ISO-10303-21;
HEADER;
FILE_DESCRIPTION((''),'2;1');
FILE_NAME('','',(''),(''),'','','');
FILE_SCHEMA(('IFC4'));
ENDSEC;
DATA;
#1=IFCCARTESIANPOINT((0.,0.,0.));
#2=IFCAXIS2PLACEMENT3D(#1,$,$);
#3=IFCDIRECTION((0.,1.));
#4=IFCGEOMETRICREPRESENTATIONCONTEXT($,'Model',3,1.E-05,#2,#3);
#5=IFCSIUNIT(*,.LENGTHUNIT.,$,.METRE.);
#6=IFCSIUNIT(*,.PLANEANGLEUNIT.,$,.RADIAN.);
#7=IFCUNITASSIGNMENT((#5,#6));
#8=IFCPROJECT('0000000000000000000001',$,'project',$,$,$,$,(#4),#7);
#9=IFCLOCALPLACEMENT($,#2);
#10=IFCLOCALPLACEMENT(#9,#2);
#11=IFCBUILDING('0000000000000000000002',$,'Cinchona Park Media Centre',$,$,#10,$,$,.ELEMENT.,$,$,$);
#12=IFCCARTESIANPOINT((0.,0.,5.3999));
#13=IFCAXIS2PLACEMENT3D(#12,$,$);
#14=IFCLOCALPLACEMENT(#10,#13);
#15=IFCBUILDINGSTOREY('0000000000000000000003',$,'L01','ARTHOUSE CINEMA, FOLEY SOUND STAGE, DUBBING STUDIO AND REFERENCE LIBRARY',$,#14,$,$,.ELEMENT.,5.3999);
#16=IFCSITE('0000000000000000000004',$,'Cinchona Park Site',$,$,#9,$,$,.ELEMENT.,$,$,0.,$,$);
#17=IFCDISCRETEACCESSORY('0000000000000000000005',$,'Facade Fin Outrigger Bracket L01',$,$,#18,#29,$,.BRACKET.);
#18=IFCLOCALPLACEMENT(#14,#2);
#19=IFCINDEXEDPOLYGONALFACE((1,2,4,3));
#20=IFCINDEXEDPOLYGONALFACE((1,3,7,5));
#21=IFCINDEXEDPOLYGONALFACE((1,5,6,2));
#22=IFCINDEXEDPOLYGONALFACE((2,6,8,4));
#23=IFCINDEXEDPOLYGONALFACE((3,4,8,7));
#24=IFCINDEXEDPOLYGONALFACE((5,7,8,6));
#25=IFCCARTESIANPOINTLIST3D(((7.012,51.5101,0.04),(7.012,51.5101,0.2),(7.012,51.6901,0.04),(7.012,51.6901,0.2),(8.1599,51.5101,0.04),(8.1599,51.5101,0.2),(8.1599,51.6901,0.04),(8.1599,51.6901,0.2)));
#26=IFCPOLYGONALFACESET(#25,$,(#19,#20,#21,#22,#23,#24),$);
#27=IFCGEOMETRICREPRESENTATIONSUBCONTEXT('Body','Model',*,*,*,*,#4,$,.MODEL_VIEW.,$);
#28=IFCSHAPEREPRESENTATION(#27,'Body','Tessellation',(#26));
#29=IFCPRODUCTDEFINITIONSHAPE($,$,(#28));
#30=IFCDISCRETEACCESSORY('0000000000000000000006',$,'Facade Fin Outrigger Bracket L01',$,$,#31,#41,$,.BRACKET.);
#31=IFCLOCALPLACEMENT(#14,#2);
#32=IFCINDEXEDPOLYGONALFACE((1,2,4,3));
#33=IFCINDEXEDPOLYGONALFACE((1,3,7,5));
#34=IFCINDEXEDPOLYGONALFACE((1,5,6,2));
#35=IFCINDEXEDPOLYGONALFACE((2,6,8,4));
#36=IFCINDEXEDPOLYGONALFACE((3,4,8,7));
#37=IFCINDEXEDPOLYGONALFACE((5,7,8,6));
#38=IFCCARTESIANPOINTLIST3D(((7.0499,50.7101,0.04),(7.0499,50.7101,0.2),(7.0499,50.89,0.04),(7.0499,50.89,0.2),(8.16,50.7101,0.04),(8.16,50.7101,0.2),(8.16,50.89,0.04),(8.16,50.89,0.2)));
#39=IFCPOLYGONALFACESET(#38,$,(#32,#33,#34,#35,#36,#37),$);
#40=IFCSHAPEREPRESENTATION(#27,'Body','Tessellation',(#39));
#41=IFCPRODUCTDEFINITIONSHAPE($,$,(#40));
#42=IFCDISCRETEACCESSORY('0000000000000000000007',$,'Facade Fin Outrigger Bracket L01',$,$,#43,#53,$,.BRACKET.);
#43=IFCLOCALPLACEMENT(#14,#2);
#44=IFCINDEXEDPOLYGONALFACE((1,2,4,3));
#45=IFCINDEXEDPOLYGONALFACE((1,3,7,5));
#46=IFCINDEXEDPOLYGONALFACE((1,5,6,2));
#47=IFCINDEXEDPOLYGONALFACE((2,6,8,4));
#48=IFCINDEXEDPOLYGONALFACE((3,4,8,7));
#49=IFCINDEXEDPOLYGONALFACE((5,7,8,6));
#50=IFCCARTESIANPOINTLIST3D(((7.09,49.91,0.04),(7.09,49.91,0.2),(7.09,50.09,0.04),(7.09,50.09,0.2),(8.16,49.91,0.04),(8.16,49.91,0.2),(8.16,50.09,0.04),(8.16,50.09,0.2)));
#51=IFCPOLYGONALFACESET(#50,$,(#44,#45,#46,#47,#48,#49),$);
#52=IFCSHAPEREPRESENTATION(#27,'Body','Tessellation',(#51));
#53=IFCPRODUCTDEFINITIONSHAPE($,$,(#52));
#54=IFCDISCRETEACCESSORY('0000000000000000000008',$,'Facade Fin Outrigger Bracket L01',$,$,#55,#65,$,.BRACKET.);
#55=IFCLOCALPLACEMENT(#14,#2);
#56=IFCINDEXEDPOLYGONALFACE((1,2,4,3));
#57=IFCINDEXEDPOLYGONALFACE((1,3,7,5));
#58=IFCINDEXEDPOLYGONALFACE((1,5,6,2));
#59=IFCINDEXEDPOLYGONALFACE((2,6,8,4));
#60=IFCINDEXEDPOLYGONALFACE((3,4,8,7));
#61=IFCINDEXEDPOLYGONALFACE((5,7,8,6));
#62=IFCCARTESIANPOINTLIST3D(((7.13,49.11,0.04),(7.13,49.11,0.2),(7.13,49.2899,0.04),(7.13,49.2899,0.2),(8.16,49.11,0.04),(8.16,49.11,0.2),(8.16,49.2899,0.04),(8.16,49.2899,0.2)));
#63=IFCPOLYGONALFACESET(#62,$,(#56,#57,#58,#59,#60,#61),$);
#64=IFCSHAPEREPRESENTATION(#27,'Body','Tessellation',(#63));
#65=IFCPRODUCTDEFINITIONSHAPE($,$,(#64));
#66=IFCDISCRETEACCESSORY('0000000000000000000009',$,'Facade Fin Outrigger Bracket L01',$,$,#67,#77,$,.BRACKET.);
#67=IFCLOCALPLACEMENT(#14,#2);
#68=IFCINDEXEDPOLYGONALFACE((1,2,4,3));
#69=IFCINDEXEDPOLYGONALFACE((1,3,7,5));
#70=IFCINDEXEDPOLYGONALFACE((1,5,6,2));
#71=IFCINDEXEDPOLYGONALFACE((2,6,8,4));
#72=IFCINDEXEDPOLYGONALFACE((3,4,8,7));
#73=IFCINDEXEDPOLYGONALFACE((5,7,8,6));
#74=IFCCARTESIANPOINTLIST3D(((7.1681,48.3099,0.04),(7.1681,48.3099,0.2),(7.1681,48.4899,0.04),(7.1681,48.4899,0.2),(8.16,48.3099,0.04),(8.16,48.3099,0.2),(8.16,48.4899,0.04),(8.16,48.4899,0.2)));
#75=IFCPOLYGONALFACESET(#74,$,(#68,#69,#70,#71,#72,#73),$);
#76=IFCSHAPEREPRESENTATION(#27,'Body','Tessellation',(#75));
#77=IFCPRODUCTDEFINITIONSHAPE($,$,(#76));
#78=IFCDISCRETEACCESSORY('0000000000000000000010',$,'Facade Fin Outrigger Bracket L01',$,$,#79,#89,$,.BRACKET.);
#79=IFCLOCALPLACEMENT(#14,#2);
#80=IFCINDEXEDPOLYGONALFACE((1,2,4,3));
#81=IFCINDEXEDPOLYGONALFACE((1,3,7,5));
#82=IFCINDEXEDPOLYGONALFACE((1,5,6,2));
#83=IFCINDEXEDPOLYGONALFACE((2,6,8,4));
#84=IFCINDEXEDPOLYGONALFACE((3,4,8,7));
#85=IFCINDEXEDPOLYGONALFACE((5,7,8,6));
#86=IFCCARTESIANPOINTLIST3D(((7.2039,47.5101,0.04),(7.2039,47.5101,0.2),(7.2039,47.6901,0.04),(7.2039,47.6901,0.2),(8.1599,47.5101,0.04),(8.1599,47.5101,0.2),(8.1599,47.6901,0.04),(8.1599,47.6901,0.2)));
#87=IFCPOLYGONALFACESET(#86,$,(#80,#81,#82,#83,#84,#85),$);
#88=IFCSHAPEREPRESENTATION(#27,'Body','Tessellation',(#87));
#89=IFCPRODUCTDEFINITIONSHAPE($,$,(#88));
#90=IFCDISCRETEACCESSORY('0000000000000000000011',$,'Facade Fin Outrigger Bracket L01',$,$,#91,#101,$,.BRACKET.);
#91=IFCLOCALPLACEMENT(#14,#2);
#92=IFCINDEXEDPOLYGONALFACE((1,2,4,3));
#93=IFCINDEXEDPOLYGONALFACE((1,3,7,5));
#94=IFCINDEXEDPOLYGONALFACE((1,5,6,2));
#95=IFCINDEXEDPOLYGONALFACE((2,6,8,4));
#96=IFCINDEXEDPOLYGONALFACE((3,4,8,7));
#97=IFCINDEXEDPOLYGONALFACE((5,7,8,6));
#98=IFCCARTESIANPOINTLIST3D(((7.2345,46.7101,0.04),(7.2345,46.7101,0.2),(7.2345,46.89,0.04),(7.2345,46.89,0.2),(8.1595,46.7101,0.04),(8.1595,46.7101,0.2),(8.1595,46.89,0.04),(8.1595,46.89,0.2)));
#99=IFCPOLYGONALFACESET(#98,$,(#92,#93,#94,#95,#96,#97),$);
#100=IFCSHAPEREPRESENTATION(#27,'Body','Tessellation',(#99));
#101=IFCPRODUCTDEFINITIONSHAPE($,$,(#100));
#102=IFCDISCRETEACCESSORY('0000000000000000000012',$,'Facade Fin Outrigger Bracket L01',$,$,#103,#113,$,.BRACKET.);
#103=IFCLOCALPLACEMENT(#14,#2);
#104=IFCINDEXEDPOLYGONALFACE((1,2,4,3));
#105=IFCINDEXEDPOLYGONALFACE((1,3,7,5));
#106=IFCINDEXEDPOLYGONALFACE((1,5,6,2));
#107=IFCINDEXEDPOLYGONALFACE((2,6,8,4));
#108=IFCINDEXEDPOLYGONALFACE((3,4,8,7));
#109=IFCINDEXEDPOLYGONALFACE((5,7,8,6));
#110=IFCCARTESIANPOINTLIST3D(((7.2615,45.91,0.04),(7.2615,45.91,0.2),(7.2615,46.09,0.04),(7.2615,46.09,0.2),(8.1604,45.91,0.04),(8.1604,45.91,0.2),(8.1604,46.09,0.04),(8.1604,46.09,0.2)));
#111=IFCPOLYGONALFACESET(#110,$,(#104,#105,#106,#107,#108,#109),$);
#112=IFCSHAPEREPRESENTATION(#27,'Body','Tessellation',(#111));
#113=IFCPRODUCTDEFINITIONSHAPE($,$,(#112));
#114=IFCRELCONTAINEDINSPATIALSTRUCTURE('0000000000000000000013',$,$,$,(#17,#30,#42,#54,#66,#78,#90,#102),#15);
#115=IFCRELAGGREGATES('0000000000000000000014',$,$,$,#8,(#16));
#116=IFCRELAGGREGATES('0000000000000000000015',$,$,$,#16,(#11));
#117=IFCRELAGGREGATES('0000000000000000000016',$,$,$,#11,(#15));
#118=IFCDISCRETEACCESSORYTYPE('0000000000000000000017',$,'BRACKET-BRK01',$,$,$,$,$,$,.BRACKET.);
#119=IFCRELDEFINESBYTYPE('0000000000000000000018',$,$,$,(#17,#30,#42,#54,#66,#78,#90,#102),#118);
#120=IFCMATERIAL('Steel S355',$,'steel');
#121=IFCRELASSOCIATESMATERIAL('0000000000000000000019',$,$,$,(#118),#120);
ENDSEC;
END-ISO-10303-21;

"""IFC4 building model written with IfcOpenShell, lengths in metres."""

from ifc_helpers import new_model, si_unit, direction, frame, origin, origin_2d, place, context, subcontext, project, spatial, rectangle, extrude, material, type_object, element, save


model = new_model("IFC4")

# Units and contexts
model_context = context("Model", 3, precision=1e-05, world=origin(), true_north=direction((0.0, 1.0)))
body_context = subcontext(model_context, "Body", "Model", "MODEL_VIEW")
ifc_project = project(units=[si_unit("LENGTHUNIT", "METRE"), si_unit("PLANEANGLEUNIT", "RADIAN")], contexts=[model_context])

# Site, building, storey
site_placement = place(None, origin())
site = spatial("IfcSite", under=ifc_project, at=site_placement, Name="Cinchona Park Site", CompositionType="ELEMENT", RefElevation=0.0)
building_placement = place(site_placement, origin())
building = spatial("IfcBuilding", under=site, at=building_placement, Name="Cinchona Park Media Centre", CompositionType="ELEMENT")
storey_placement = place(building_placement, frame((0.0, 0.0, 5.3999)))
storey = spatial("IfcBuildingStorey", under=building, at=storey_placement, Name="L01", Description="ARTHOUSE CINEMA, FOLEY SOUND STAGE, DUBBING STUDIO AND REFERENCE LIBRARY", CompositionType="ELEMENT", Elevation=5.3999)

# Discrete accessories
ifc_material_1 = material(Name="Steel S355", Category="steel")
discrete_accessory_type = type_object("IfcDiscreteAccessoryType", Name="BRACKET-BRK01", PredefinedType="BRACKET", material=ifc_material_1)
discrete_accessory_1_placement = place(storey_placement, frame((7.5859, 51.6001, 0.04), z_axis=(0.0, 0.0, 1.0), x_axis=(0.0, -1.0, 0.0)))
element("IfcDiscreteAccessory", 1, at=discrete_accessory_1_placement, inside=storey, type_object=discrete_accessory_type, Name="Facade Fin Outrigger Bracket L01", PredefinedType="BRACKET", context=body_context, shape_type="SweptSolid", body=[
    extrude(rectangle(XDim=0.1799, YDim=1.1479, at=origin_2d()), origin(), (0.0, 0.0, 1.0), 0.1599),
])
discrete_accessory_2_placement = place(storey_placement, frame((7.605, 50.8, 0.04), z_axis=(0.0, 0.0, 1.0), x_axis=(0.0, -1.0, 0.0)))
element("IfcDiscreteAccessory", 2, at=discrete_accessory_2_placement, inside=storey, type_object=discrete_accessory_type, Name="Facade Fin Outrigger Bracket L01", PredefinedType="BRACKET", context=body_context, shape_type="SweptSolid", body=[
    extrude(rectangle(XDim=0.1799, YDim=1.1101, at=origin_2d()), origin(), (0.0, 0.0, 1.0), 0.1599),
])
discrete_accessory_3_placement = place(storey_placement, frame((7.625, 50.0, 0.04), z_axis=(0.0, 0.0, 1.0), x_axis=(0.0, -1.0, 0.0)))
element("IfcDiscreteAccessory", 3, at=discrete_accessory_3_placement, inside=storey, type_object=discrete_accessory_type, Name="Facade Fin Outrigger Bracket L01", PredefinedType="BRACKET", context=body_context, shape_type="SweptSolid", body=[
    extrude(rectangle(XDim=0.1799, YDim=1.0701, at=origin_2d()), origin(), (0.0, 0.0, 1.0), 0.1599),
])
discrete_accessory_4_placement = place(storey_placement, frame((7.645, 49.2, 0.04), z_axis=(0.0, 0.0, 1.0), x_axis=(0.0, -1.0, 0.0)))
element("IfcDiscreteAccessory", 4, at=discrete_accessory_4_placement, inside=storey, type_object=discrete_accessory_type, Name="Facade Fin Outrigger Bracket L01", PredefinedType="BRACKET", context=body_context, shape_type="SweptSolid", body=[
    extrude(rectangle(XDim=0.1799, YDim=1.03, at=origin_2d()), origin(), (0.0, 0.0, 1.0), 0.1599),
])
discrete_accessory_5_placement = place(storey_placement, frame((7.6641, 48.3999, 0.04), z_axis=(0.0, 0.0, 1.0), x_axis=(0.0, -1.0, 0.0)))
element("IfcDiscreteAccessory", 5, at=discrete_accessory_5_placement, inside=storey, type_object=discrete_accessory_type, Name="Facade Fin Outrigger Bracket L01", PredefinedType="BRACKET", context=body_context, shape_type="SweptSolid", body=[
    extrude(rectangle(XDim=0.1799, YDim=0.9919, at=origin_2d()), origin(), (0.0, 0.0, 1.0), 0.1599),
])
discrete_accessory_6_placement = place(storey_placement, frame((7.6819, 47.6001, 0.04), z_axis=(0.0, 0.0, 1.0), x_axis=(0.0, -1.0, 0.0)))
element("IfcDiscreteAccessory", 6, at=discrete_accessory_6_placement, inside=storey, type_object=discrete_accessory_type, Name="Facade Fin Outrigger Bracket L01", PredefinedType="BRACKET", context=body_context, shape_type="SweptSolid", body=[
    extrude(rectangle(XDim=0.1799, YDim=0.9561, at=origin_2d()), origin(), (0.0, 0.0, 1.0), 0.1599),
])
discrete_accessory_7_placement = place(storey_placement, frame((7.697, 46.8, 0.04), z_axis=(0.0, 0.0, 1.0), x_axis=(0.0, -1.0, 0.0)))
element("IfcDiscreteAccessory", 7, at=discrete_accessory_7_placement, inside=storey, type_object=discrete_accessory_type, Name="Facade Fin Outrigger Bracket L01", PredefinedType="BRACKET", context=body_context, shape_type="SweptSolid", body=[
    extrude(rectangle(XDim=0.1799, YDim=0.925, at=origin_2d()), origin(), (0.0, 0.0, 1.0), 0.1599),
])
discrete_accessory_8_placement = place(storey_placement, frame((7.7109, 46.0, 0.04), z_axis=(0.0, 0.0, 1.0), x_axis=(0.0, -1.0, 0.0)))
element("IfcDiscreteAccessory", 8, at=discrete_accessory_8_placement, inside=storey, type_object=discrete_accessory_type, Name="Facade Fin Outrigger Bracket L01", PredefinedType="BRACKET", context=body_context, shape_type="SweptSolid", body=[
    extrude(rectangle(XDim=0.1799, YDim=0.8989, at=origin_2d()), origin(), (0.0, 0.0, 1.0), 0.1599),
])

save(model, "model.ifc")
